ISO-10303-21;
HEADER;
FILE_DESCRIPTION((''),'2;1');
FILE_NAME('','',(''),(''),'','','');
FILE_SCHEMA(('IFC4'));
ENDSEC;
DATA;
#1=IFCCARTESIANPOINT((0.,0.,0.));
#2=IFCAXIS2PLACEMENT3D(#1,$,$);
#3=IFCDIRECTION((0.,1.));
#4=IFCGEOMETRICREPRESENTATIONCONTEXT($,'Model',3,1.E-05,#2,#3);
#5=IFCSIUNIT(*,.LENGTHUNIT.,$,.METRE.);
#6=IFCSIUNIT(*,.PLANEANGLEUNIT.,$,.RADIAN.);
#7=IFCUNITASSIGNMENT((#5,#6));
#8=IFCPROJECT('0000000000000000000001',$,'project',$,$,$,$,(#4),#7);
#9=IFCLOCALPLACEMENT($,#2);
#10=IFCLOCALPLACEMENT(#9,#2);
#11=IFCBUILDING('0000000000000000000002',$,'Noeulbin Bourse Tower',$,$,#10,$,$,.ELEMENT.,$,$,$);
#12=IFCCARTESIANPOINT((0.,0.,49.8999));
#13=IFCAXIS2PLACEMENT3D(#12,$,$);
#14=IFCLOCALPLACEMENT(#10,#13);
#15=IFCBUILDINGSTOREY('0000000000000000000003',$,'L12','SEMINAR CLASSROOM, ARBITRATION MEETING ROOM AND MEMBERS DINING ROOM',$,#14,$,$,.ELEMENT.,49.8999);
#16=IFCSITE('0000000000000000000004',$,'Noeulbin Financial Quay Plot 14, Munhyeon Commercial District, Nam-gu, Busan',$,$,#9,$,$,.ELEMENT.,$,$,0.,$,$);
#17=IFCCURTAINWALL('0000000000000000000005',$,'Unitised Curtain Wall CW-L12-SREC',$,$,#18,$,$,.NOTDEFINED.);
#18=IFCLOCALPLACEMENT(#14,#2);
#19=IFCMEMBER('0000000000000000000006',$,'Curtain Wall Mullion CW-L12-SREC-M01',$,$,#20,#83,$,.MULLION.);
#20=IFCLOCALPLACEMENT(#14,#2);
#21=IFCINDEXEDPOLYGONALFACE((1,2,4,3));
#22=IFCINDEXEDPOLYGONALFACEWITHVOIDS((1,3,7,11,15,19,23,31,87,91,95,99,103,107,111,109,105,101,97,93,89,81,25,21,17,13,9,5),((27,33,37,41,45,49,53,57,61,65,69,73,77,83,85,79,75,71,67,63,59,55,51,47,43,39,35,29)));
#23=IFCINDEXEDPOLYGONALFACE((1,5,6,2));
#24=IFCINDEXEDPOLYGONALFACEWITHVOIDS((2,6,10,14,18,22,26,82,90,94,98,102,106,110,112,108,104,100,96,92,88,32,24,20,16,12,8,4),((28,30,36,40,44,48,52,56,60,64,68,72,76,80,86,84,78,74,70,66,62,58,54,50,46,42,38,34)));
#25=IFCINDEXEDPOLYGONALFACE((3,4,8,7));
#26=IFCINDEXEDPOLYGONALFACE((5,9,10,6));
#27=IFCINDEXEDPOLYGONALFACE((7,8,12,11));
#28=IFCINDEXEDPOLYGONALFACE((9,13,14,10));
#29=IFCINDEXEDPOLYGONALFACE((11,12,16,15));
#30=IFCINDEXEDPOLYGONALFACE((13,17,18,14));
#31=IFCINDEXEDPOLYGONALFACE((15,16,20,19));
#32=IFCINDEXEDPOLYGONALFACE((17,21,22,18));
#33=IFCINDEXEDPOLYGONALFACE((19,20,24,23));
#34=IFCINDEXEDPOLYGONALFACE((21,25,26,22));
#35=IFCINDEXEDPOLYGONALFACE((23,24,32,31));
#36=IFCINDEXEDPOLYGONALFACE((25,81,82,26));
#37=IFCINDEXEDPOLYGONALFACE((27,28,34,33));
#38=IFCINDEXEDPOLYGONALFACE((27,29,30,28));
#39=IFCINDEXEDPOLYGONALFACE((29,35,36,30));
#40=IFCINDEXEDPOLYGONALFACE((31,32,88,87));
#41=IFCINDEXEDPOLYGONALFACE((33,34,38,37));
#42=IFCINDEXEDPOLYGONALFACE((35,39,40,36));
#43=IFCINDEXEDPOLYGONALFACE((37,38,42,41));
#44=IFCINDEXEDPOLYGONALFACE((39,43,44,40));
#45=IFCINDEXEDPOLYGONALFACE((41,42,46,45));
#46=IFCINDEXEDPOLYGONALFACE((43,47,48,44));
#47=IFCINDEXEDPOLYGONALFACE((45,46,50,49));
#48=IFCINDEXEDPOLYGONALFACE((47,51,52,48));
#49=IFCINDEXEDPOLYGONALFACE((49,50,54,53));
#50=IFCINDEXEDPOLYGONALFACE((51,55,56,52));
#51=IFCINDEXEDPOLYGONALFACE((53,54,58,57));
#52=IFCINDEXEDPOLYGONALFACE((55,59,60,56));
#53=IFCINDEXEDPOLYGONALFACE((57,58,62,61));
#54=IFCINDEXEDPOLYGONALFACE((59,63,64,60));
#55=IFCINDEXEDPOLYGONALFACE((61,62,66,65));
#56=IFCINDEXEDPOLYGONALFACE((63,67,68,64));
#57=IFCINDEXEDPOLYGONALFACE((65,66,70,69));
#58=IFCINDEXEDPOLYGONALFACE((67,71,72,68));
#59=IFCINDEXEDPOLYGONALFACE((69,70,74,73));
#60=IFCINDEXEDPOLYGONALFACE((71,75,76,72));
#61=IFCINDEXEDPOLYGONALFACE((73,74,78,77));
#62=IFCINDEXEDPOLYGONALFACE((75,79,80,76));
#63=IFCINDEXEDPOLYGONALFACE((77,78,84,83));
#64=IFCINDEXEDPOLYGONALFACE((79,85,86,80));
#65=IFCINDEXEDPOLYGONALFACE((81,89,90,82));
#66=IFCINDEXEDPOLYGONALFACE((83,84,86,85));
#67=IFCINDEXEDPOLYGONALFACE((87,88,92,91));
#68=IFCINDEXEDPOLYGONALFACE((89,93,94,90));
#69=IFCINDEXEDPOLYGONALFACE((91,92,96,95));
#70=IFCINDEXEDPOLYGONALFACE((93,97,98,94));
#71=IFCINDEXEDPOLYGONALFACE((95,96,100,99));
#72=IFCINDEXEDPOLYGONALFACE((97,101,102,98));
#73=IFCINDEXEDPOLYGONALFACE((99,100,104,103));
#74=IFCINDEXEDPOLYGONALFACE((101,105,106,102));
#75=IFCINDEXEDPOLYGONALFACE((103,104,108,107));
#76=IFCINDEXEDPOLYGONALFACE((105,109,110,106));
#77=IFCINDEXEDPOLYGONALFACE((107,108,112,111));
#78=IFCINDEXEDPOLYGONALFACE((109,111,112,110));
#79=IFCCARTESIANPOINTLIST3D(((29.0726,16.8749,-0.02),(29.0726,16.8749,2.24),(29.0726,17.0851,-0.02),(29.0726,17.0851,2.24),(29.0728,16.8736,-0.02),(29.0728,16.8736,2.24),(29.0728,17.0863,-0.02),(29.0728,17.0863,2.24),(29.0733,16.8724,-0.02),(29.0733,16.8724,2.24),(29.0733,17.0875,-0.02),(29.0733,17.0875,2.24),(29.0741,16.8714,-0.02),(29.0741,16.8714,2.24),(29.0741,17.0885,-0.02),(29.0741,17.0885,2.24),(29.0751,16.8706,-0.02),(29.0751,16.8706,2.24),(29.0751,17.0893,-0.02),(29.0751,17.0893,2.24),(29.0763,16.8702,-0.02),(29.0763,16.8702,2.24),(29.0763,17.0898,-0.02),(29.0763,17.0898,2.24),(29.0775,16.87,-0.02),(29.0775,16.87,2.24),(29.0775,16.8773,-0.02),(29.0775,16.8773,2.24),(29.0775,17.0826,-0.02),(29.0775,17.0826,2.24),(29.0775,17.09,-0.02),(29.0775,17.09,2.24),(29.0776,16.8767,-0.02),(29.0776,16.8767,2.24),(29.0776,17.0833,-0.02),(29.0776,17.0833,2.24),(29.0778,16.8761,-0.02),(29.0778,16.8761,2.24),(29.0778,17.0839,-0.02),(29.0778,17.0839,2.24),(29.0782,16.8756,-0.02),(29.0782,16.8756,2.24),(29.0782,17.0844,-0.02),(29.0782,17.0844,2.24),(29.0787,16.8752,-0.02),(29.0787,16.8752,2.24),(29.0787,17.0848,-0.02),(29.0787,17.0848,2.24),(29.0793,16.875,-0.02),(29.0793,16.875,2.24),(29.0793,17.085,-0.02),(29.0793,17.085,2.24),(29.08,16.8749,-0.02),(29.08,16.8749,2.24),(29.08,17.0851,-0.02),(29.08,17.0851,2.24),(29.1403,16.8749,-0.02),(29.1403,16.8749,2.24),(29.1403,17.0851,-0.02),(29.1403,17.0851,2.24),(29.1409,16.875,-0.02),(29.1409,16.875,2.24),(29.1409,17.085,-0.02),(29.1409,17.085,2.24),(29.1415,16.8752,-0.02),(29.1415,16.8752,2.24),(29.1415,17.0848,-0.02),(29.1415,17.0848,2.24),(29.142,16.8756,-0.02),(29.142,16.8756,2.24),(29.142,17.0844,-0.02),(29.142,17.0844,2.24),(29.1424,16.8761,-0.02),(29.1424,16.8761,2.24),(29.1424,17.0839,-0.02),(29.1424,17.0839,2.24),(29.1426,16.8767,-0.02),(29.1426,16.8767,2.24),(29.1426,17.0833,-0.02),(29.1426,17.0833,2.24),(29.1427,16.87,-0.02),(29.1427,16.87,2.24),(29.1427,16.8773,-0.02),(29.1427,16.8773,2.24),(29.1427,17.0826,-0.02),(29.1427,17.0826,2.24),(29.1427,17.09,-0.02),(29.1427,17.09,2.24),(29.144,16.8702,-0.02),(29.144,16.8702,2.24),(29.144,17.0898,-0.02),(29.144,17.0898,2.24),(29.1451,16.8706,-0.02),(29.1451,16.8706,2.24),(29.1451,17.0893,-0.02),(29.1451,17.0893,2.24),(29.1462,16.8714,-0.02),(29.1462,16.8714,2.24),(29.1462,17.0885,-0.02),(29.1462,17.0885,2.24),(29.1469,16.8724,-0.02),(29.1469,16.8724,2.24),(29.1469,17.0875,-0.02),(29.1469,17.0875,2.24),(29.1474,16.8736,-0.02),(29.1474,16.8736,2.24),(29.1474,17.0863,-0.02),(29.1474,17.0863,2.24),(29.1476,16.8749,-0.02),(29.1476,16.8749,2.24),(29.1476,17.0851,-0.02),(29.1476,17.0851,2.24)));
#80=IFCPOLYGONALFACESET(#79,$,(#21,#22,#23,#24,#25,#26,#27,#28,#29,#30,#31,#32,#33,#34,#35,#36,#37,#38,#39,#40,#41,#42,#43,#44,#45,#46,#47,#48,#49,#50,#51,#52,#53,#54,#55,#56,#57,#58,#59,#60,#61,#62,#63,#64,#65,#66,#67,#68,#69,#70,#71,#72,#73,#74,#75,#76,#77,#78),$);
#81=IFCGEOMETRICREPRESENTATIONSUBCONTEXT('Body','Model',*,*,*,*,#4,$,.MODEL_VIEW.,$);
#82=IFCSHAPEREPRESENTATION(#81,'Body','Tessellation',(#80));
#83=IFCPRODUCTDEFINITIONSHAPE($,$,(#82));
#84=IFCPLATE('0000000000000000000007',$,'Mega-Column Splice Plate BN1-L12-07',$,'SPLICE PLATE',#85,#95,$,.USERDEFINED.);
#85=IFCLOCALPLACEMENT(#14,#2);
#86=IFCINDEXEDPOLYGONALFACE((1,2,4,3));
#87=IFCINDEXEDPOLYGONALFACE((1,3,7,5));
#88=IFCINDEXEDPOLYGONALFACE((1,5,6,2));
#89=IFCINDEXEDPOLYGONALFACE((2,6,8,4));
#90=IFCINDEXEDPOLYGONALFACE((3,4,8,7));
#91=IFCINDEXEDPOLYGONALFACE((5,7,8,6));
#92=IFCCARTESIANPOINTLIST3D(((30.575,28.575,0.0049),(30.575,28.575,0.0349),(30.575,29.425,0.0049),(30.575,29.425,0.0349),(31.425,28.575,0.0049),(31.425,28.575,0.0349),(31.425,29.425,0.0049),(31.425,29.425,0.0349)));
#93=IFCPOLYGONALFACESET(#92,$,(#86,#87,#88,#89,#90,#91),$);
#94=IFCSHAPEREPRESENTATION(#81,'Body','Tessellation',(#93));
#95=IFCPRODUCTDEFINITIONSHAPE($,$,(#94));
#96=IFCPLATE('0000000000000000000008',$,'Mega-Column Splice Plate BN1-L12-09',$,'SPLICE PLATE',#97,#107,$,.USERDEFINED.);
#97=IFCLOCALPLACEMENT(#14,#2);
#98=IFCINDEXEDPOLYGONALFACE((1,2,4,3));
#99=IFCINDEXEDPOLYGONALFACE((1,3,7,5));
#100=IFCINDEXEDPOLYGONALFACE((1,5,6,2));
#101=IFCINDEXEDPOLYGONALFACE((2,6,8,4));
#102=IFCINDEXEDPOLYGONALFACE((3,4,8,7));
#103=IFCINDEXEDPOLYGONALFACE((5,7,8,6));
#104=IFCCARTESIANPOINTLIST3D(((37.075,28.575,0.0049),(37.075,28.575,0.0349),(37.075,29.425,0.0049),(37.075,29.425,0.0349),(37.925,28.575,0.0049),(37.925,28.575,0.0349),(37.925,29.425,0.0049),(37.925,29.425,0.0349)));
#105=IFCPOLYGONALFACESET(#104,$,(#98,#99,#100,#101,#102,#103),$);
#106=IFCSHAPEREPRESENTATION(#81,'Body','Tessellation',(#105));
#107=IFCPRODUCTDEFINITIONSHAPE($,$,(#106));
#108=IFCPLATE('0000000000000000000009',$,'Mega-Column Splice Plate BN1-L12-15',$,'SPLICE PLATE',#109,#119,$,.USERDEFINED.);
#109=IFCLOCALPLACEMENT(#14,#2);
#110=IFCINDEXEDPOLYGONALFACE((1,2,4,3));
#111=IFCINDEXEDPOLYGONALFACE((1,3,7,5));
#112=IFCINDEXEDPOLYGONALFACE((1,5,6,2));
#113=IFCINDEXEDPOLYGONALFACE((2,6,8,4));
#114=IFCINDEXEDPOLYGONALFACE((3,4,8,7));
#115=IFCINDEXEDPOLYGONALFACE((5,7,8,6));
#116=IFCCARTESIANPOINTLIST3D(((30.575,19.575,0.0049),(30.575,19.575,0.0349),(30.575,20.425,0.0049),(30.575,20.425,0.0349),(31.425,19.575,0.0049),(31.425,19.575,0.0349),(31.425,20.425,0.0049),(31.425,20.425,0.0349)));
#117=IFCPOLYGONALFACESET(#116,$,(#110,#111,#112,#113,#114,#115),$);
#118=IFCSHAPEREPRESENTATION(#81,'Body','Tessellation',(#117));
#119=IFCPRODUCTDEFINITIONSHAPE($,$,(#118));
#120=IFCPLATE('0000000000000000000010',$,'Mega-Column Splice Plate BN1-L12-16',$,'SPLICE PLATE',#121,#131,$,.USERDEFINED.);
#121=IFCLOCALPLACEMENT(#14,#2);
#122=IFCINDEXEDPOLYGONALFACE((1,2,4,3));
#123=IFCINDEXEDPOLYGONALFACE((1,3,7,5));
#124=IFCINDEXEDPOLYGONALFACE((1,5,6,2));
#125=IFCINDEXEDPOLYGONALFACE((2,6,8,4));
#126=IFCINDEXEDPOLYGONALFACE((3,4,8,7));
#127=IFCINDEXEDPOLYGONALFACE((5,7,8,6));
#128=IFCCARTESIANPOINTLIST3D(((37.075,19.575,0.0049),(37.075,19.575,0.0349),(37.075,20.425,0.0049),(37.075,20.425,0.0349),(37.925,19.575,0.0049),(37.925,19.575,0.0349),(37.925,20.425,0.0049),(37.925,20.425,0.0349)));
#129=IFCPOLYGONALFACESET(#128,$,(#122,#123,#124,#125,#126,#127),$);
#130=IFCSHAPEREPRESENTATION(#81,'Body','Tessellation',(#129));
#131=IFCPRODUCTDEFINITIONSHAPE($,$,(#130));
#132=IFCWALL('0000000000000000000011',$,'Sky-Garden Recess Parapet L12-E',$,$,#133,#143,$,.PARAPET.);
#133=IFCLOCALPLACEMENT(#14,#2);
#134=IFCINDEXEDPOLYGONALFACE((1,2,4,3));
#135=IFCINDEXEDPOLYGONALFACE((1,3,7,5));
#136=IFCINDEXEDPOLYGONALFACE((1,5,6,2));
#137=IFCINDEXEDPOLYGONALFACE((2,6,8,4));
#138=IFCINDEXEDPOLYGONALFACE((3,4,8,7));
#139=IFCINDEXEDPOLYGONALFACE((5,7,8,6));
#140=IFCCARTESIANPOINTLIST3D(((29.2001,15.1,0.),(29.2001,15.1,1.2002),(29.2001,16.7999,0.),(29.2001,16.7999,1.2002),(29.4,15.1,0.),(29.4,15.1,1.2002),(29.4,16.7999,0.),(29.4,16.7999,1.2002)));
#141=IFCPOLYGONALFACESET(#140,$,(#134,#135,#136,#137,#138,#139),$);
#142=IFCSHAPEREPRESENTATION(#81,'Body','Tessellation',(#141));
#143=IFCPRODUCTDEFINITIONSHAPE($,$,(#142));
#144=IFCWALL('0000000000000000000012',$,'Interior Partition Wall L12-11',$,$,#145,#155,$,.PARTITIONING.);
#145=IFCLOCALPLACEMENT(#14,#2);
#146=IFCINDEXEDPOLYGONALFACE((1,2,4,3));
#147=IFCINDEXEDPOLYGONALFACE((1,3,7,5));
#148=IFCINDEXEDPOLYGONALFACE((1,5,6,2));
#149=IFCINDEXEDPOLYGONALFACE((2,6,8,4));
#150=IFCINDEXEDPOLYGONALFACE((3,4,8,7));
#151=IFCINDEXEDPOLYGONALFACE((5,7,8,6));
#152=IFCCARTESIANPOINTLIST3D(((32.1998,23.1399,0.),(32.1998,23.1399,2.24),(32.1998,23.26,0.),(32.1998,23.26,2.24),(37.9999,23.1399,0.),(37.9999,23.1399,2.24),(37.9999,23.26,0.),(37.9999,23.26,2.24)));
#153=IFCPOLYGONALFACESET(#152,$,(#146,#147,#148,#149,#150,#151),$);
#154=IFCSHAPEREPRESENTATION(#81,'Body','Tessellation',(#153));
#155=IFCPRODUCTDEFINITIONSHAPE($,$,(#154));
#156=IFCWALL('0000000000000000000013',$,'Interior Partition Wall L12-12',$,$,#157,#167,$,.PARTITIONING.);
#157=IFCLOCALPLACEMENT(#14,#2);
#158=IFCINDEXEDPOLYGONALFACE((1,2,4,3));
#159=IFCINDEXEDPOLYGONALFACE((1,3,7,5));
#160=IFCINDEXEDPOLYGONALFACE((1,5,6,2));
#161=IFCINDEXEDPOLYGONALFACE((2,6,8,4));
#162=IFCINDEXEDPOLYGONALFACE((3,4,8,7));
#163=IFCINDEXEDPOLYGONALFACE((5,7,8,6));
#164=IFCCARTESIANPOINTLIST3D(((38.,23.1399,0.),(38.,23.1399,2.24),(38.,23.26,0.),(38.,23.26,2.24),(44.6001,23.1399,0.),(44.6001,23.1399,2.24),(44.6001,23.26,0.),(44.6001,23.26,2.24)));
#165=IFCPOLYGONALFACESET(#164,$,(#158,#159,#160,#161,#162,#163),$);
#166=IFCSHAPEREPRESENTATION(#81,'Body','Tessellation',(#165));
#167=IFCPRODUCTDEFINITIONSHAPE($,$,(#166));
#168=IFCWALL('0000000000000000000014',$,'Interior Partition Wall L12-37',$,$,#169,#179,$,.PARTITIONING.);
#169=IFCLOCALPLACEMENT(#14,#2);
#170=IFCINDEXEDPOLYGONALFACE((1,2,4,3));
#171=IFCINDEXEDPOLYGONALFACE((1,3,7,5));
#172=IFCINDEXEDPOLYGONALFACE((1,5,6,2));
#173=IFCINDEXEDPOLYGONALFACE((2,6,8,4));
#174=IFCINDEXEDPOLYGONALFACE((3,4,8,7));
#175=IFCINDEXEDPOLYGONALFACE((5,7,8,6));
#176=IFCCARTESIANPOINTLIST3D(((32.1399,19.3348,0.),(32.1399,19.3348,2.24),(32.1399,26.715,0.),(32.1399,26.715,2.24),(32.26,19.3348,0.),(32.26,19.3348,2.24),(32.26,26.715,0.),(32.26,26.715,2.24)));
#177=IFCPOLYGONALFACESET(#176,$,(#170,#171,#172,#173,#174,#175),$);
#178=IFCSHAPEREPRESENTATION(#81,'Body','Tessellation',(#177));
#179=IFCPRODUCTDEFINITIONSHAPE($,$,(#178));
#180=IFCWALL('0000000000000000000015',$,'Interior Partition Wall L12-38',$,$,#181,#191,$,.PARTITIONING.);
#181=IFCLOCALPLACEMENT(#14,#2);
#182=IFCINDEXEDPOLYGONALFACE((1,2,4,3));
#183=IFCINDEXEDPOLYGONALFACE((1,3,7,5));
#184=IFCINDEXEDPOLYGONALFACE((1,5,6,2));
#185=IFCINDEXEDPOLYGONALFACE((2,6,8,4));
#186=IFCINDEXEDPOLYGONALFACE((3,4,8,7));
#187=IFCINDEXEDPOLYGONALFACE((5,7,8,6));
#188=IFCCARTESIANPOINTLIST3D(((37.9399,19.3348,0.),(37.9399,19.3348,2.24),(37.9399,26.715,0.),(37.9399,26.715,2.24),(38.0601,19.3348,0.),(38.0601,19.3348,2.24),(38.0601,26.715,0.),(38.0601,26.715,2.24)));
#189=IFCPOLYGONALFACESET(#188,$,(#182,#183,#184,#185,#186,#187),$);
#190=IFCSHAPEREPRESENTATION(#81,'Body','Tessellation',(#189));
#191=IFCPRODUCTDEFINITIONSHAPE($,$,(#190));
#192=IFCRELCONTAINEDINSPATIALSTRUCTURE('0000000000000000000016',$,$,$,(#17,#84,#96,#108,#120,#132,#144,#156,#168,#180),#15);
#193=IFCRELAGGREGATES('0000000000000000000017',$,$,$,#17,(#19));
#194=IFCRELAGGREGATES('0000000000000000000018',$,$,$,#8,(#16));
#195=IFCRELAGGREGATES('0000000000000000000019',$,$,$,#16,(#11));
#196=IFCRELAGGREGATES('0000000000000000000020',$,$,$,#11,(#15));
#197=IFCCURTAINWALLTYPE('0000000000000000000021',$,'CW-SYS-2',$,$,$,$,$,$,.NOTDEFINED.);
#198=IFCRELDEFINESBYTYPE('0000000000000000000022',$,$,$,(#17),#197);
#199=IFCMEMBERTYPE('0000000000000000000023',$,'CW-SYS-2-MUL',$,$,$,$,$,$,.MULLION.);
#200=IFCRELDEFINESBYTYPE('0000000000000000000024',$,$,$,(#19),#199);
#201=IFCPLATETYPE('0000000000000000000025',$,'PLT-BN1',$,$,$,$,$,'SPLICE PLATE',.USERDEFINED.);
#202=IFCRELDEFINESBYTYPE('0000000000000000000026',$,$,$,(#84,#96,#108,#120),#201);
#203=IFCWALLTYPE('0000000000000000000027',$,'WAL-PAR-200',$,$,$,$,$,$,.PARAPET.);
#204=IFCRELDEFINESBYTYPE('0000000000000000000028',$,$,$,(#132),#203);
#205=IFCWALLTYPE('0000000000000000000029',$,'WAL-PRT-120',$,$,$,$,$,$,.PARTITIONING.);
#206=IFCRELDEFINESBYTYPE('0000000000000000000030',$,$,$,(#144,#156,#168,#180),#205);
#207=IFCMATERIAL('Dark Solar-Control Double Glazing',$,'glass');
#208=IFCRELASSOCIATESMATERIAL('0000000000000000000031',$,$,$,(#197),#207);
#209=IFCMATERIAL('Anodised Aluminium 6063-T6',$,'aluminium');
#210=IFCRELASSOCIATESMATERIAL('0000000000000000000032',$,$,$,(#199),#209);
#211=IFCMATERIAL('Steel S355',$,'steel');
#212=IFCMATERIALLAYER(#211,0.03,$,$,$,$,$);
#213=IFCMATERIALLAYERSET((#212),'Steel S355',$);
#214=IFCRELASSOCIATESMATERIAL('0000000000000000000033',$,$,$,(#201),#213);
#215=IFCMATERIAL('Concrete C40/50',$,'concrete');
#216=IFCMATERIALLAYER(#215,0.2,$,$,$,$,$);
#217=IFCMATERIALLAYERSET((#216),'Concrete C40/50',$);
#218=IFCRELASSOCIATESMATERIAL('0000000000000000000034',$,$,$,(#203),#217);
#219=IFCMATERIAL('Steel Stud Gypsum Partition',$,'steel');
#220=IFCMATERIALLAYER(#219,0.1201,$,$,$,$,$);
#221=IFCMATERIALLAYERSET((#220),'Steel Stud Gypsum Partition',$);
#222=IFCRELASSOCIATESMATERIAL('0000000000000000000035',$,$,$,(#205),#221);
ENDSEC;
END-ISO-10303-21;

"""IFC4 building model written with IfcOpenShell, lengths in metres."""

from ifc_helpers import new_model, si_unit, direction, frame, frame_2d, origin, origin_2d, place, context, subcontext, project, spatial, rectangle, hollow_rectangle, extrude, material, layer, layer_set, material_profile, profile_set, type_object, element, aggregate, save


model = new_model("IFC4")

# Units and contexts
model_context = context("Model", 3, precision=1e-05, world=origin(), true_north=direction((0.0, 1.0)))
body_context = subcontext(model_context, "Body", "Model", "MODEL_VIEW")
ifc_project = project(units=[si_unit("LENGTHUNIT", "METRE"), si_unit("PLANEANGLEUNIT", "RADIAN")], contexts=[model_context])

# Site, building, storey
site_placement = place(None, origin())
site = spatial("IfcSite", under=ifc_project, at=site_placement, Name="Noeulbin Financial Quay Plot 14, Munhyeon Commercial District, Nam-gu, Busan", CompositionType="ELEMENT", RefElevation=0.0)
building_placement = place(site_placement, origin())
building = spatial("IfcBuilding", under=site, at=building_placement, Name="Noeulbin Bourse Tower", CompositionType="ELEMENT")
storey_placement = place(building_placement, frame((0.0, 0.0, 49.8999)))
storey = spatial("IfcBuildingStorey", under=building, at=storey_placement, Name="L12", Description="SEMINAR CLASSROOM, ARBITRATION MEETING ROOM AND MEMBERS DINING ROOM", CompositionType="ELEMENT", Elevation=49.8999)

# Shared definitions
ifc_material_1 = material(Name="Steel S355", Category="steel")

# Curtain wall, member
ifc_material_2 = material(Name="Dark Solar-Control Double Glazing", Category="glass")
curtain_wall_type = type_object("IfcCurtainWallType", Name="CW-SYS-2", PredefinedType="NOTDEFINED", material=ifc_material_2)
curtain_wall_placement = place(storey_placement, origin())
curtain_wall = element("IfcCurtainWall", 1, at=curtain_wall_placement, inside=storey, type_object=curtain_wall_type, Name="Unitised Curtain Wall CW-L12-SREC", PredefinedType="NOTDEFINED")
ifc_material_3 = material(Name="Anodised Aluminium 6063-T6", Category="aluminium")
ifc_material_profile_1 = material_profile(ifc_material_3, hollow_rectangle(XDim=0.075, YDim=0.22, WallThickness=0.0049, InnerFilletRadius=0.0024, OuterFilletRadius=0.0049, at=origin_2d()), Name="ALU-MULL-75x220x5", Category="LoadBearing")
ifc_profile_set_1 = profile_set([ifc_material_profile_1], Name="Anodised Aluminium 6063-T6")
member_type = type_object("IfcMemberType", Name="CW-SYS-2-MUL", PredefinedType="MULLION", material=ifc_profile_set_1)
member_placement = place(storey_placement, frame((29.1101, 16.98, -0.02), z_axis=(0.0, 0.0, 1.0), x_axis=(1.0, 0.0, 0.0)))
member = element("IfcMember", 2, at=member_placement, type_object=member_type, Name="Curtain Wall Mullion CW-L12-SREC-M01", PredefinedType="MULLION", context=body_context, shape_type="SweptSolid", body=[
    extrude(hollow_rectangle(XDim=0.075, YDim=0.22, WallThickness=0.0049, InnerFilletRadius=0.0024, OuterFilletRadius=0.0049, at=origin_2d()), origin(), (0.0, 0.0, 1.0), 2.26),
])
aggregate(curtain_wall, [member])

# Plates
ifc_layer_1 = layer(ifc_material_1, 0.03)
ifc_layer_set_1 = layer_set([ifc_layer_1], Name="Steel S355")
plate_type = type_object("IfcPlateType", Name="PLT-BN1", ElementType="SPLICE PLATE", PredefinedType="USERDEFINED", material=ifc_layer_set_1)
for number, where, z_axis, x_axis, name in (
    (3, (31.0, 29.0, 0.0049), (0.0, 0.0, 1.0), (1.0, 0.0, 0.0), "Mega-Column Splice Plate BN1-L12-07"),
    (4, (37.5, 29.0, 0.0049), (0.0, 0.0, 1.0), (1.0, 0.0, 0.0), "Mega-Column Splice Plate BN1-L12-09"),
    (5, (31.0, 20.0, 0.0049), (0.0, 0.0, 1.0), (1.0, 0.0, 0.0), "Mega-Column Splice Plate BN1-L12-15"),
    (6, (37.5, 20.0, 0.0049), (0.0, 0.0, 1.0), (1.0, 0.0, 0.0), "Mega-Column Splice Plate BN1-L12-16"),
):
    element("IfcPlate", number, at=place(storey_placement, frame(where, z_axis=z_axis, x_axis=x_axis)), inside=storey, type_object=plate_type, Name=name, ObjectType="SPLICE PLATE", PredefinedType="USERDEFINED", context=body_context, shape_type="SweptSolid", body=[
        extrude(rectangle(XDim=0.8501, YDim=0.8501, at=origin_2d()), origin(), (0.0, 0.0, 1.0), 0.03),
    ])

# Walls
ifc_material_4 = material(Name="Concrete C40/50", Category="concrete")
ifc_layer_2 = layer(ifc_material_4, 0.2)
ifc_layer_set_2 = layer_set([ifc_layer_2], Name="Concrete C40/50")
wall_type_1 = type_object("IfcWallType", Name="WAL-PAR-200", PredefinedType="PARAPET", material=ifc_layer_set_2)
wall_1_placement = place(storey_placement, frame((29.3, 16.8, 0.0), z_axis=(0.0, 0.0, 1.0), x_axis=(0.0, -1.0, 0.0)))
element("IfcWall", 7, at=wall_1_placement, inside=storey, type_object=wall_type_1, Name="Sky-Garden Recess Parapet L12-E", PredefinedType="PARAPET", context=body_context, shape_type="SweptSolid", body=[
    extrude(rectangle(XDim=1.7, YDim=0.2, at=frame_2d((0.8501, 0.0))), origin(), (0.0, 0.0, 1.0), 1.2002),
])
ifc_material_5 = material(Name="Steel Stud Gypsum Partition", Category="steel")
ifc_layer_3 = layer(ifc_material_5, 0.1201)
ifc_layer_set_3 = layer_set([ifc_layer_3], Name="Steel Stud Gypsum Partition")
wall_type_2 = type_object("IfcWallType", Name="WAL-PRT-120", PredefinedType="PARTITIONING", material=ifc_layer_set_3)
wall_2_placement = place(storey_placement, frame((32.2, 23.2, 0.0), z_axis=(0.0, 0.0, 1.0), x_axis=(1.0, 0.0, 0.0)))
element("IfcWall", 8, at=wall_2_placement, inside=storey, type_object=wall_type_2, Name="Interior Partition Wall L12-11", PredefinedType="PARTITIONING", context=body_context, shape_type="SweptSolid", body=[
    extrude(rectangle(XDim=5.8, YDim=0.1201, at=frame_2d((2.8999, 0.0))), origin(), (0.0, 0.0, 1.0), 2.24),
])
wall_3_placement = place(storey_placement, frame((38.0, 23.2, 0.0), z_axis=(0.0, 0.0, 1.0), x_axis=(1.0, 0.0, 0.0)))
element("IfcWall", 9, at=wall_3_placement, inside=storey, type_object=wall_type_2, Name="Interior Partition Wall L12-12", PredefinedType="PARTITIONING", context=body_context, shape_type="SweptSolid", body=[
    extrude(rectangle(XDim=6.6001, YDim=0.1201, at=frame_2d((3.3, 0.0))), origin(), (0.0, 0.0, 1.0), 2.24),
])
for number, where, z_axis, x_axis, name in (
    (10, (32.2, 19.335, 0.0), (0.0, 0.0, 1.0), (0.0, 1.0, 0.0), "Interior Partition Wall L12-37"),
    (11, (38.0, 19.335, 0.0), (0.0, 0.0, 1.0), (0.0, 1.0, 0.0), "Interior Partition Wall L12-38"),
):
    element("IfcWall", number, at=place(storey_placement, frame(where, z_axis=z_axis, x_axis=x_axis)), inside=storey, type_object=wall_type_2, Name=name, PredefinedType="PARTITIONING", context=body_context, shape_type="SweptSolid", body=[
        extrude(rectangle(XDim=7.3801, YDim=0.1201, at=frame_2d((3.6899, 0.0))), origin(), (0.0, 0.0, 1.0), 2.24),
    ])

save(model, "model.ifc")
